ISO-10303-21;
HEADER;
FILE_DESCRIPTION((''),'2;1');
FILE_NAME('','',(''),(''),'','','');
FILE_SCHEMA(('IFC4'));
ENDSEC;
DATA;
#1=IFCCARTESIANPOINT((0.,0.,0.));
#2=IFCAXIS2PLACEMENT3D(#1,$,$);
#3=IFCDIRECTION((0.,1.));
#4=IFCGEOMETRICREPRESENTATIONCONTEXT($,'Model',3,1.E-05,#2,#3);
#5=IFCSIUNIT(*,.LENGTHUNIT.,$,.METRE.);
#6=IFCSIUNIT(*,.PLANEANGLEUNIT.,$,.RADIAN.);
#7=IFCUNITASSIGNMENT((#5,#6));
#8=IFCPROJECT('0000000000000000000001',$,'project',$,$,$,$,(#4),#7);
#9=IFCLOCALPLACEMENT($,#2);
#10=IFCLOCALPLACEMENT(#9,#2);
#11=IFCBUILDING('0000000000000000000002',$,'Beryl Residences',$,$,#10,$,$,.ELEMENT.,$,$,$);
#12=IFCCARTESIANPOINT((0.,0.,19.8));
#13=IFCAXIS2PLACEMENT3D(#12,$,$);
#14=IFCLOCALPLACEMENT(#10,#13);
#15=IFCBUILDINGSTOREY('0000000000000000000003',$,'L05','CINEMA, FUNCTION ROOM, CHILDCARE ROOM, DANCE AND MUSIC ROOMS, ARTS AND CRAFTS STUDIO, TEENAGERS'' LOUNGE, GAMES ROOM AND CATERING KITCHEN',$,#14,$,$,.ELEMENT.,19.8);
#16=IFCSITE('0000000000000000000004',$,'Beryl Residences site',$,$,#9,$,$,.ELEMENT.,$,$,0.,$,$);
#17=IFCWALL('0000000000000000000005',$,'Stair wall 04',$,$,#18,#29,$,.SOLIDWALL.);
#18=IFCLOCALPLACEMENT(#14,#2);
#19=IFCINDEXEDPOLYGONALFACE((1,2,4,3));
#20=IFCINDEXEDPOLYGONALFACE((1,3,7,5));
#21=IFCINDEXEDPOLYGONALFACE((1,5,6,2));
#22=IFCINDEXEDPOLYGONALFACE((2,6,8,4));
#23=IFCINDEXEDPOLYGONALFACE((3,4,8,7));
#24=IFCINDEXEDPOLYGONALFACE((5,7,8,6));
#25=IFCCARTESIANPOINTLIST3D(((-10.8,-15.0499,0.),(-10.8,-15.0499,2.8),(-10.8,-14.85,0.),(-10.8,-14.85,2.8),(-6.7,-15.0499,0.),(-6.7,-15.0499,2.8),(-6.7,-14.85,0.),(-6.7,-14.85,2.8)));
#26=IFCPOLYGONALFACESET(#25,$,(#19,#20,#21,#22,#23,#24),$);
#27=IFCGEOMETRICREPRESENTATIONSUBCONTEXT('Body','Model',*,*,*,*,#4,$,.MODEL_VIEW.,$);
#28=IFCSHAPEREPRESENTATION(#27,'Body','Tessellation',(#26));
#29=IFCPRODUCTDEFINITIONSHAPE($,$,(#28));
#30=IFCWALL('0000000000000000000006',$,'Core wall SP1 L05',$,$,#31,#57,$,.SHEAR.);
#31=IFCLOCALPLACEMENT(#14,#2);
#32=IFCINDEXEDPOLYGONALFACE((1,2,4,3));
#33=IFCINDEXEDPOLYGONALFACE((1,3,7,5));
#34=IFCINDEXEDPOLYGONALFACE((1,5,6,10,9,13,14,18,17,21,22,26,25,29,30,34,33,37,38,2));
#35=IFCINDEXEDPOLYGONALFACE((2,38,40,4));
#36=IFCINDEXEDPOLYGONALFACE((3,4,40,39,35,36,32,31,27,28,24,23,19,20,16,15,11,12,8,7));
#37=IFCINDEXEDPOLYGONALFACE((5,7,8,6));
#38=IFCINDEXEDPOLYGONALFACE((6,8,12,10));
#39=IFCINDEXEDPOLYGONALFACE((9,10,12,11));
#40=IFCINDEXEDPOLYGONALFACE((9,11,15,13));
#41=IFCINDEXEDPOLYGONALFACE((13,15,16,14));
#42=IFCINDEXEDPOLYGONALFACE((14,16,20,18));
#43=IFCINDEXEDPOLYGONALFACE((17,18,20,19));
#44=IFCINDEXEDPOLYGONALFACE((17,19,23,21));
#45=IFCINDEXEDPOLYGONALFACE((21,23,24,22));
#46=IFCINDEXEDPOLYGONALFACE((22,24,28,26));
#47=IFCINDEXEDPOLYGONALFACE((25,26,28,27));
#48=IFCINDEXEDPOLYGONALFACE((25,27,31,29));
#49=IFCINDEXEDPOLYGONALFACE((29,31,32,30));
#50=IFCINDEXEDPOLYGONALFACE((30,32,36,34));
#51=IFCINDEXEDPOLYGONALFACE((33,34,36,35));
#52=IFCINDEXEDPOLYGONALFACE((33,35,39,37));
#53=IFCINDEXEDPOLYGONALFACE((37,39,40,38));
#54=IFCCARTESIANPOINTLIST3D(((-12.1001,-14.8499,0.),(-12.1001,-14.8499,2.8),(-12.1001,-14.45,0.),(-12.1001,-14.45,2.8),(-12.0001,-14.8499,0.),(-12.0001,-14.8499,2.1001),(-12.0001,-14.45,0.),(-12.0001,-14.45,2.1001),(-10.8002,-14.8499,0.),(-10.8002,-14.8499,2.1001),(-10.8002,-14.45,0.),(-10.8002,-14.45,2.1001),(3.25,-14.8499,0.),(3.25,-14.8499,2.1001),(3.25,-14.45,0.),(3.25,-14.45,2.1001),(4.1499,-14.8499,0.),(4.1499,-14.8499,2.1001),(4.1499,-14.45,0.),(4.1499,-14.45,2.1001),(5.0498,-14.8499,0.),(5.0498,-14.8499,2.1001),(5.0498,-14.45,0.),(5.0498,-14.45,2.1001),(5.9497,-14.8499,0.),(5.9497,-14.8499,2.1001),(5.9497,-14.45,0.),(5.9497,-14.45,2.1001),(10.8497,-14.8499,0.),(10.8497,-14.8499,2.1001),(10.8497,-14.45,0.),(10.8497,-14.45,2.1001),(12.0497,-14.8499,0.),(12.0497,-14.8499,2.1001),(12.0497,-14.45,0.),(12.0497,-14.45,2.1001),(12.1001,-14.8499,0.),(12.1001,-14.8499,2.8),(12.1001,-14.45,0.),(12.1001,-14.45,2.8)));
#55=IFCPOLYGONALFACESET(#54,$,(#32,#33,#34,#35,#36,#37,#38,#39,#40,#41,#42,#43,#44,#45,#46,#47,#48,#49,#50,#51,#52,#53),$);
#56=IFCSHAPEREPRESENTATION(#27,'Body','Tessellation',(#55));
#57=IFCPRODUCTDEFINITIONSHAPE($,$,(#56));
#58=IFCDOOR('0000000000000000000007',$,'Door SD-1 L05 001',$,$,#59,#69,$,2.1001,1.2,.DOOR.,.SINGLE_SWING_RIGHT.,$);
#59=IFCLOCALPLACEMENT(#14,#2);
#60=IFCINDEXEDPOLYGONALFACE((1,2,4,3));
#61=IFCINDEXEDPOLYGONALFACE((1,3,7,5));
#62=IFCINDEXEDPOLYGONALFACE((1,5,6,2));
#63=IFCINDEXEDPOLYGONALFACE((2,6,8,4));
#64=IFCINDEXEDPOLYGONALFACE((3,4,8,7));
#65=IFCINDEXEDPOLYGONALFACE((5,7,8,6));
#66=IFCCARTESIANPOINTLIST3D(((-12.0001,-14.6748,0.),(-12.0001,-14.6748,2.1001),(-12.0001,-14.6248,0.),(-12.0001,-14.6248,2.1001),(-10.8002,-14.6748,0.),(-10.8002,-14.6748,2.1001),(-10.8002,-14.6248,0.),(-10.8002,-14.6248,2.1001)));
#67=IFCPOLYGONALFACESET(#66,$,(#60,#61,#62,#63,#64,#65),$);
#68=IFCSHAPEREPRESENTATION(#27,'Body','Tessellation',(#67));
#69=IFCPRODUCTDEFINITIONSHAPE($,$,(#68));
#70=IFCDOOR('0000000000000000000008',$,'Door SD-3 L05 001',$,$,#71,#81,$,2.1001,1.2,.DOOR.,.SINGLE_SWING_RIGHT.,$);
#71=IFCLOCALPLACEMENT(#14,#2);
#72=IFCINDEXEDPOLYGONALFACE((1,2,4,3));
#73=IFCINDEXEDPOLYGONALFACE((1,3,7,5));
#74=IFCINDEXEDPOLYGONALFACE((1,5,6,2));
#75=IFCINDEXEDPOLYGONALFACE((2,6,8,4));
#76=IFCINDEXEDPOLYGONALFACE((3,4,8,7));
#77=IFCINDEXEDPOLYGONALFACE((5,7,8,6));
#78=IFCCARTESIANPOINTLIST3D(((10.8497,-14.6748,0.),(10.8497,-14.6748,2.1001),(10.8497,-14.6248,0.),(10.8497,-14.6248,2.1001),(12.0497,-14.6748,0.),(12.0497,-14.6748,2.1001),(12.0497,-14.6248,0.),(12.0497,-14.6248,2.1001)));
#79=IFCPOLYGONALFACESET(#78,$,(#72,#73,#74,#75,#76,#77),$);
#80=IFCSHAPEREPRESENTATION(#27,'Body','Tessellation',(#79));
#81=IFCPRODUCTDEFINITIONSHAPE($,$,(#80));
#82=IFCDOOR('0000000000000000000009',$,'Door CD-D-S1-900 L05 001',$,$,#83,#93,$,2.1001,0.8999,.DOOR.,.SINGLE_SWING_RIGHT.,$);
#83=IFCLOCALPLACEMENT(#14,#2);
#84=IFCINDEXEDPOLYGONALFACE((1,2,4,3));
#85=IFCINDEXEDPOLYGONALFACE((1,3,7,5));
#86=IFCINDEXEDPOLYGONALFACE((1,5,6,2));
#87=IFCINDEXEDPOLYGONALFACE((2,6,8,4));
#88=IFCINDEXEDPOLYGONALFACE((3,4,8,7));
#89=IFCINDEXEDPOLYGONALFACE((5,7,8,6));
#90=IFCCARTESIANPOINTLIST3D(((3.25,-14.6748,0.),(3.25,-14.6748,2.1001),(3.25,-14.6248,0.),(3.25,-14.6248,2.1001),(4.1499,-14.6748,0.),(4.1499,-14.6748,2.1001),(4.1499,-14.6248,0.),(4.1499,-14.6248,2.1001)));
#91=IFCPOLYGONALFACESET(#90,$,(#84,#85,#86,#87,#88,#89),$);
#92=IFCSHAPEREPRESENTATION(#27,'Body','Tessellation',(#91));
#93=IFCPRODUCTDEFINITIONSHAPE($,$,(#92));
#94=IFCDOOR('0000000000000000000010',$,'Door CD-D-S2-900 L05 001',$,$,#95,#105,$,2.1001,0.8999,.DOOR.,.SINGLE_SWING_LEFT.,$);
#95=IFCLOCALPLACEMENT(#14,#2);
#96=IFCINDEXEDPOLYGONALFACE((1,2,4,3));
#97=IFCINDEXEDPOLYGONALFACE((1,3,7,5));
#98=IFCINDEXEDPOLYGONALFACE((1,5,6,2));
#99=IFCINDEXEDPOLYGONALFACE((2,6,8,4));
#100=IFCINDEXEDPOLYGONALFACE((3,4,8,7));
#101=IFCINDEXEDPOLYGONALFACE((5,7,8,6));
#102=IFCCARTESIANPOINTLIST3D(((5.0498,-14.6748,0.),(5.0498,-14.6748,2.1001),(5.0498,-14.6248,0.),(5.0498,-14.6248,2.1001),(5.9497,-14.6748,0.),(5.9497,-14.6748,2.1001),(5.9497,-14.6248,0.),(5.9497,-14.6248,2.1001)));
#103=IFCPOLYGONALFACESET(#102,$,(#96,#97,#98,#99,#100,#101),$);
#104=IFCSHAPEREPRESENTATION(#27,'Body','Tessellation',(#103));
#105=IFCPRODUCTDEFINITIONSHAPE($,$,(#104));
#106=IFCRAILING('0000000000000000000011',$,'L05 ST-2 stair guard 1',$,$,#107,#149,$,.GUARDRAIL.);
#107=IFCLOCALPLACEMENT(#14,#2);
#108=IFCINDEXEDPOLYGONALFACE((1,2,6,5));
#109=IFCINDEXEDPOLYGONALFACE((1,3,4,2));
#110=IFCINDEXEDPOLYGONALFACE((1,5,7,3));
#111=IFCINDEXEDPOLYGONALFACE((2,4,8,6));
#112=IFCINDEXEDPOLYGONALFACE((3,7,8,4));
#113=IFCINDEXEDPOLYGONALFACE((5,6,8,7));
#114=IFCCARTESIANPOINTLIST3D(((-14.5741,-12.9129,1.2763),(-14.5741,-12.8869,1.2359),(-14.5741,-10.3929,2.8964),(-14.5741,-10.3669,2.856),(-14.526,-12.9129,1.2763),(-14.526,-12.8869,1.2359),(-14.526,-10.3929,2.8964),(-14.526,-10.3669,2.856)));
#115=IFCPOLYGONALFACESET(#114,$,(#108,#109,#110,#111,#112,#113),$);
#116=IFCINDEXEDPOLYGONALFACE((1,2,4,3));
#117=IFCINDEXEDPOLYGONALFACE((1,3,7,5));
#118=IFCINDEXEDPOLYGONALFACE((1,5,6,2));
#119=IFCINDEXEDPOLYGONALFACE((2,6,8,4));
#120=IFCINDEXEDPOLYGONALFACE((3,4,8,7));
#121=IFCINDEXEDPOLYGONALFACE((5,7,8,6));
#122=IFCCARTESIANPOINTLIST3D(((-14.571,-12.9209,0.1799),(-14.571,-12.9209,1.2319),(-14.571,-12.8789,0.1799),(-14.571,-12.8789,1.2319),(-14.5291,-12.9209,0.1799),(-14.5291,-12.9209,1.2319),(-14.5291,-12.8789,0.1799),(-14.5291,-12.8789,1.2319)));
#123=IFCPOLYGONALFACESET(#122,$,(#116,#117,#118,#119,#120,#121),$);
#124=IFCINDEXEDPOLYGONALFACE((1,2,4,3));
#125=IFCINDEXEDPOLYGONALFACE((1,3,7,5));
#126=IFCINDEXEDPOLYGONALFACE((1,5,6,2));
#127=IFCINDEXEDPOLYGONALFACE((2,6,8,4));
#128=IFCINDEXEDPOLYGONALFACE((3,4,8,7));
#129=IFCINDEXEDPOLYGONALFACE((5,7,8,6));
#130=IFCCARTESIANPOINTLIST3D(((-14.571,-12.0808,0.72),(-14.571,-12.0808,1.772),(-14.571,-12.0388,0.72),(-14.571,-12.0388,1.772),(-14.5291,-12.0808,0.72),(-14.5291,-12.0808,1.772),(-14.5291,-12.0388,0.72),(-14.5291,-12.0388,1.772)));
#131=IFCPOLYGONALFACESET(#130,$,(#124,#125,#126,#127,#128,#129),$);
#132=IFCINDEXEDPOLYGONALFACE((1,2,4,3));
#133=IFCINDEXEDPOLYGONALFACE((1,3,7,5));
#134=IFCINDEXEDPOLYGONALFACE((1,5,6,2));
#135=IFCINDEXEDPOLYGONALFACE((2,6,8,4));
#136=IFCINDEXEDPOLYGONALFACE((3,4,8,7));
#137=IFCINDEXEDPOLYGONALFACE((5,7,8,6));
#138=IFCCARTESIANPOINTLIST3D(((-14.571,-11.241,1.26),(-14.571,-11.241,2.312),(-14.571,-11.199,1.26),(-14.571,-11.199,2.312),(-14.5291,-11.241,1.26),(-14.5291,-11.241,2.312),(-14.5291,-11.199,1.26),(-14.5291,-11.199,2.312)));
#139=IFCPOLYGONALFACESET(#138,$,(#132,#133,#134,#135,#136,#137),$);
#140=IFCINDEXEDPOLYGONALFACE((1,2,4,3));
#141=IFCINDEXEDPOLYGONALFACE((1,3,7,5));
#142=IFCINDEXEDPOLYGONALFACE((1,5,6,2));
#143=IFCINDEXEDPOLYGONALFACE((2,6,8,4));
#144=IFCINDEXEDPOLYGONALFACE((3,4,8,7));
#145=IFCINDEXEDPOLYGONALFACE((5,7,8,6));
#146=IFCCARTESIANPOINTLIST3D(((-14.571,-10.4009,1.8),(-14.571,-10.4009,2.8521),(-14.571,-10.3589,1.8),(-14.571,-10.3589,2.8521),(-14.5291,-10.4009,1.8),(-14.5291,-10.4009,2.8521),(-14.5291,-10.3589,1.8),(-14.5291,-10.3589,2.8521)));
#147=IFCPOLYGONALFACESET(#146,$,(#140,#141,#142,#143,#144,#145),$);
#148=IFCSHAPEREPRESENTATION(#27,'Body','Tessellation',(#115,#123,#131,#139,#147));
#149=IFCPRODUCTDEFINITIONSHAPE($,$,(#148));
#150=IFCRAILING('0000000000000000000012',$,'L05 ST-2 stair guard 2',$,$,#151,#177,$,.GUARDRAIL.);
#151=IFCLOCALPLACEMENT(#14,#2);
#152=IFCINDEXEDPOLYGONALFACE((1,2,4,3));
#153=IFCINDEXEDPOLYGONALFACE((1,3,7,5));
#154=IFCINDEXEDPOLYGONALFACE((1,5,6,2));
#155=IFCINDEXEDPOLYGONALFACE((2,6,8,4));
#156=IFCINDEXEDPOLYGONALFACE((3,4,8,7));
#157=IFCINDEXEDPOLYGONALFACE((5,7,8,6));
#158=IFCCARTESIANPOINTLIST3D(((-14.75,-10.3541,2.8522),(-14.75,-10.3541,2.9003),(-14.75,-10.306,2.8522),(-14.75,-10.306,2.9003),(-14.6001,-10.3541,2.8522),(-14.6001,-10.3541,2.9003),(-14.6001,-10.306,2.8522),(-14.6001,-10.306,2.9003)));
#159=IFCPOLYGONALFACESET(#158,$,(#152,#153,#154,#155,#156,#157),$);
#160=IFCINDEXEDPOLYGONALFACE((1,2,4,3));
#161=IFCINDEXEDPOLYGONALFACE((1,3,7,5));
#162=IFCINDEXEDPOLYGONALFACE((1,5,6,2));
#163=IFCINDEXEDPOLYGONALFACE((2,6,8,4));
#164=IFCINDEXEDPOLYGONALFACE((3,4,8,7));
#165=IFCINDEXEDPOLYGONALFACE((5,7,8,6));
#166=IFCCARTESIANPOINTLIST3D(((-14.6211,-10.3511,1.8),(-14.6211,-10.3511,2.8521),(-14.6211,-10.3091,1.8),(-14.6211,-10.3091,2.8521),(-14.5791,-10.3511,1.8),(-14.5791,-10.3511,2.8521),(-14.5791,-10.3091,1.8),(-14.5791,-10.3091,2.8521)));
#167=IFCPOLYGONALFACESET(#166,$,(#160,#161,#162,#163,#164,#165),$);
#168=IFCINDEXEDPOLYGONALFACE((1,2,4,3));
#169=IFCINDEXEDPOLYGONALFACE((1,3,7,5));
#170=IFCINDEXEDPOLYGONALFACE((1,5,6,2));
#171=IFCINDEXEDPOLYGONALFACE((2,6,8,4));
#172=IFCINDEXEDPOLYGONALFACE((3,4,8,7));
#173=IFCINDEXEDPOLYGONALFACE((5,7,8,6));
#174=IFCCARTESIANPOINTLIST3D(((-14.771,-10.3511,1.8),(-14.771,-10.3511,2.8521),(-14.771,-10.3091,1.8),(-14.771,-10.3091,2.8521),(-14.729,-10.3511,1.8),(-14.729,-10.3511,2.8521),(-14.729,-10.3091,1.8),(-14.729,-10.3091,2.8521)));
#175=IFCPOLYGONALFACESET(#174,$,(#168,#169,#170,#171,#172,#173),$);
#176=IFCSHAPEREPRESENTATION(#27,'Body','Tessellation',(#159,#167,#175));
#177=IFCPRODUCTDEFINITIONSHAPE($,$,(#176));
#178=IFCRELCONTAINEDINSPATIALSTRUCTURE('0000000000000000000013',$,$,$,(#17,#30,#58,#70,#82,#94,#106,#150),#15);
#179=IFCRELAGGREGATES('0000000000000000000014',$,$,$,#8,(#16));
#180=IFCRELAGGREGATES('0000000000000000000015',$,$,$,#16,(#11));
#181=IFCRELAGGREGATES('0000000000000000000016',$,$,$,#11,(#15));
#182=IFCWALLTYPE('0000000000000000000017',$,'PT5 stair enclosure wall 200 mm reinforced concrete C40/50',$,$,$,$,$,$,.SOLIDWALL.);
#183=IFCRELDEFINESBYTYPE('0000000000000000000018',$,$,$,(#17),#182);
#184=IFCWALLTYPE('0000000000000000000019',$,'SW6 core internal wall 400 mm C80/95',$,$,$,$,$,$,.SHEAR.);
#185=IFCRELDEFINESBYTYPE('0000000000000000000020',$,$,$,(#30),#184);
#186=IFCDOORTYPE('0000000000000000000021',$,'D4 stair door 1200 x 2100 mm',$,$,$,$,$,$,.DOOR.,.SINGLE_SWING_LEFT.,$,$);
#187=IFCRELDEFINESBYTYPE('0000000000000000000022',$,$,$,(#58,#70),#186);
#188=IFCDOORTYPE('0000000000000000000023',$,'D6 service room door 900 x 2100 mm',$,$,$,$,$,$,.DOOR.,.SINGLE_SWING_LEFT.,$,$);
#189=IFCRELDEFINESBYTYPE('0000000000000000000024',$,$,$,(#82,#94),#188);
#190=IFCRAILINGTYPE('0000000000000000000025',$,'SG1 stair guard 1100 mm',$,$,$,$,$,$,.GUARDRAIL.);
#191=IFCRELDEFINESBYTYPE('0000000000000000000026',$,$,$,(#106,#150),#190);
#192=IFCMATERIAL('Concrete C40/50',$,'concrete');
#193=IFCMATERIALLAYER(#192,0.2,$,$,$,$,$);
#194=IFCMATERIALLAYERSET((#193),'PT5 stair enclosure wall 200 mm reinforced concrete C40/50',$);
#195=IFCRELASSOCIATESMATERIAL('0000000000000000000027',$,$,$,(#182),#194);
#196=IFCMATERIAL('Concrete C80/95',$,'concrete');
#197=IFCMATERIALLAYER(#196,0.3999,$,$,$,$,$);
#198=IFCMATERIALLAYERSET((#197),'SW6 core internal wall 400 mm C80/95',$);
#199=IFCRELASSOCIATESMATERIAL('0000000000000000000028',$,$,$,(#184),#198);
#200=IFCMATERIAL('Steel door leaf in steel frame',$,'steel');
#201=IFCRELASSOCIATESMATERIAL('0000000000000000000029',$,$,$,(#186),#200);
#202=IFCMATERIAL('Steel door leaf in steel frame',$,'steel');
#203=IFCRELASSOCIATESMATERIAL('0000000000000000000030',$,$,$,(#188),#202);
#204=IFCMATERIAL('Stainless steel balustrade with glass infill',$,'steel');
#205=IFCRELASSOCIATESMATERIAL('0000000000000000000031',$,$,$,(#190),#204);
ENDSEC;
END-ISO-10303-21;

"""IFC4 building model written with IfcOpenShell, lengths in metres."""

from ifc_helpers import new_model, si_unit, direction, frame, frame_2d, origin, origin_2d, place, context, subcontext, project, spatial, rectangle, extrude, material, layer, layer_set, type_object, element, fill, save


model = new_model("IFC4")

# Units and contexts
model_context = context("Model", 3, precision=1e-05, world=origin(), true_north=direction((0.0, 1.0)))
body_context = subcontext(model_context, "Body", "Model", "MODEL_VIEW")
ifc_project = project(units=[si_unit("LENGTHUNIT", "METRE"), si_unit("PLANEANGLEUNIT", "RADIAN")], contexts=[model_context])

# Site, building, storey
site_placement = place(None, origin())
site = spatial("IfcSite", under=ifc_project, at=site_placement, Name="Beryl Residences site", CompositionType="ELEMENT", RefElevation=0.0)
building_placement = place(site_placement, origin())
building = spatial("IfcBuilding", under=site, at=building_placement, Name="Beryl Residences", CompositionType="ELEMENT")
storey_placement = place(building_placement, frame((0.0, 0.0, 19.8)))
storey = spatial("IfcBuildingStorey", under=building, at=storey_placement, Name="L05", Description="CINEMA, FUNCTION ROOM, CHILDCARE ROOM, DANCE AND MUSIC ROOMS, ARTS AND CRAFTS STUDIO, TEENAGERS' LOUNGE, GAMES ROOM AND CATERING KITCHEN", CompositionType="ELEMENT", Elevation=19.8)

# Wall
ifc_material_1 = material(Name="Concrete C40/50", Category="concrete")
ifc_layer_1 = layer(ifc_material_1, 0.2)
ifc_layer_set_1 = layer_set([ifc_layer_1], Name="PT5 stair enclosure wall 200 mm reinforced concrete C40/50")
wall_type_1 = type_object("IfcWallType", Name="PT5 stair enclosure wall 200 mm reinforced concrete C40/50", PredefinedType="SOLIDWALL", material=ifc_layer_set_1)
wall_1_placement = place(storey_placement, frame((-10.8, -14.95, 0.0), z_axis=(0.0, 0.0, 1.0), x_axis=(1.0, 0.0, 0.0)))
element("IfcWall", 1, at=wall_1_placement, inside=storey, type_object=wall_type_1, Name="Stair wall 04", PredefinedType="SOLIDWALL", context=body_context, shape_type="SweptSolid", body=[
    extrude(rectangle(XDim=4.1001, YDim=0.2, at=frame_2d((2.05, 0.0))), origin(), (0.0, 0.0, 1.0), 2.8),
])

# Wall, openings, doors
ifc_material_2 = material(Name="Concrete C80/95", Category="concrete")
ifc_layer_2 = layer(ifc_material_2, 0.3999)
ifc_layer_set_2 = layer_set([ifc_layer_2], Name="SW6 core internal wall 400 mm C80/95")
wall_type_2 = type_object("IfcWallType", Name="SW6 core internal wall 400 mm C80/95", PredefinedType="SHEAR", material=ifc_layer_set_2)
wall_2_placement = place(storey_placement, frame((-12.1001, -14.6499, 0.0), z_axis=(0.0, 0.0, 1.0), x_axis=(1.0, 0.0, 0.0)))
wall_2 = element("IfcWall", 2, at=wall_2_placement, inside=storey, type_object=wall_type_2, Name="Core wall SP1 L05", PredefinedType="SHEAR", context=body_context, shape_type="SweptSolid", body=[
    extrude(rectangle(XDim=24.2002, YDim=0.3999, at=frame_2d((12.1001, 0.0))), origin(), (0.0, 0.0, 1.0), 2.8),
])
opening_1_placement = place(wall_2_placement, frame((1.3, 0.0, 0.0), z_axis=(0.0, 0.0, 1.0), x_axis=(-1.0, 0.0, 0.0)))
opening_1 = element("IfcOpeningElement", 3, at=opening_1_placement, cuts=wall_2, PredefinedType="OPENING", context=body_context, shape_type="SweptSolid", body=[
    extrude(rectangle(XDim=1.2, YDim=2.1001, at=frame_2d((0.6001, 1.05))), frame((0.0, 0.21, 0.0), z_axis=(0.0, -1.0, 0.0), x_axis=(1.0, 0.0, 0.0)), (0.0, 0.0, 1.0), 0.4199),
])
opening_2_placement = place(wall_2_placement, frame((24.1499, 0.0, 0.0), z_axis=(0.0, 0.0, 1.0), x_axis=(-1.0, 0.0, 0.0)))
opening_2 = element("IfcOpeningElement", 4, at=opening_2_placement, cuts=wall_2, PredefinedType="OPENING", context=body_context, shape_type="SweptSolid", body=[
    extrude(rectangle(XDim=1.2, YDim=2.1001, at=frame_2d((0.6001, 1.05))), frame((0.0, 0.21, 0.0), z_axis=(0.0, -1.0, 0.0), x_axis=(1.0, 0.0, 0.0)), (0.0, 0.0, 1.0), 0.4199),
])
opening_3_placement = place(wall_2_placement, frame((16.25, 0.0, 0.0), z_axis=(0.0, 0.0, 1.0), x_axis=(-1.0, 0.0, 0.0)))
opening_3 = element("IfcOpeningElement", 5, at=opening_3_placement, cuts=wall_2, PredefinedType="OPENING", context=body_context, shape_type="SweptSolid", body=[
    extrude(rectangle(XDim=0.8999, YDim=2.1001, at=frame_2d((0.45, 1.05))), frame((0.0, 0.21, 0.0), z_axis=(0.0, -1.0, 0.0), x_axis=(1.0, 0.0, 0.0)), (0.0, 0.0, 1.0), 0.4199),
])
opening_4_placement = place(wall_2_placement, frame((18.0498, 0.0, 0.0), z_axis=(0.0, 0.0, 1.0), x_axis=(-1.0, 0.0, 0.0)))
opening_4 = element("IfcOpeningElement", 6, at=opening_4_placement, cuts=wall_2, PredefinedType="OPENING", context=body_context, shape_type="SweptSolid", body=[
    extrude(rectangle(XDim=0.8999, YDim=2.1001, at=frame_2d((0.45, 1.05))), frame((0.0, 0.21, 0.0), z_axis=(0.0, -1.0, 0.0), x_axis=(1.0, 0.0, 0.0)), (0.0, 0.0, 1.0), 0.4199),
])
ifc_material_3 = material(Name="Steel door leaf in steel frame", Category="steel")
door_type_1 = type_object("IfcDoorType", Name="D4 stair door 1200 x 2100 mm", OperationType="SINGLE_SWING_LEFT", PredefinedType="DOOR", material=ifc_material_3)
door_1_placement = place(opening_1_placement, origin())
door_1 = element("IfcDoor", 7, at=door_1_placement, inside=storey, type_object=door_type_1, Name="Door SD-1 L05 001", OperationType="SINGLE_SWING_RIGHT", OverallHeight=2.1001, OverallWidth=1.2, PredefinedType="DOOR", context=body_context, shape_type="SweptSolid", body=[
    extrude(rectangle(XDim=1.2, YDim=2.1001, at=frame_2d((0.6001, 1.05))), frame((0.0, 0.0249, 0.0), z_axis=(0.0, -1.0, 0.0), x_axis=(1.0, 0.0, 0.0)), (0.0, 0.0, 1.0), 0.05),
])
fill(opening_1, door_1)
door_2_placement = place(opening_2_placement, origin())
door_2 = element("IfcDoor", 8, at=door_2_placement, inside=storey, type_object=door_type_1, Name="Door SD-3 L05 001", OperationType="SINGLE_SWING_RIGHT", OverallHeight=2.1001, OverallWidth=1.2, PredefinedType="DOOR", context=body_context, shape_type="SweptSolid", body=[
    extrude(rectangle(XDim=1.2, YDim=2.1001, at=frame_2d((0.6001, 1.05))), frame((0.0, 0.0249, 0.0), z_axis=(0.0, -1.0, 0.0), x_axis=(1.0, 0.0, 0.0)), (0.0, 0.0, 1.0), 0.05),
])
fill(opening_2, door_2)
ifc_material_4 = material(Name="Steel door leaf in steel frame", Category="steel")
door_type_2 = type_object("IfcDoorType", Name="D6 service room door 900 x 2100 mm", OperationType="SINGLE_SWING_LEFT", PredefinedType="DOOR", material=ifc_material_4)
door_3_placement = place(opening_3_placement, origin())
door_3 = element("IfcDoor", 9, at=door_3_placement, inside=storey, type_object=door_type_2, Name="Door CD-D-S1-900 L05 001", OperationType="SINGLE_SWING_RIGHT", OverallHeight=2.1001, OverallWidth=0.8999, PredefinedType="DOOR", context=body_context, shape_type="SweptSolid", body=[
    extrude(rectangle(XDim=0.8999, YDim=2.1001, at=frame_2d((0.45, 1.05))), frame((0.0, 0.0249, 0.0), z_axis=(0.0, -1.0, 0.0), x_axis=(1.0, 0.0, 0.0)), (0.0, 0.0, 1.0), 0.05),
])
fill(opening_3, door_3)
door_4_placement = place(opening_4_placement, origin())
door_4 = element("IfcDoor", 10, at=door_4_placement, inside=storey, type_object=door_type_2, Name="Door CD-D-S2-900 L05 001", OperationType="SINGLE_SWING_LEFT", OverallHeight=2.1001, OverallWidth=0.8999, PredefinedType="DOOR", context=body_context, shape_type="SweptSolid", body=[
    extrude(rectangle(XDim=0.8999, YDim=2.1001, at=frame_2d((0.45, 1.05))), frame((0.0, 0.0249, 0.0), z_axis=(0.0, -1.0, 0.0), x_axis=(1.0, 0.0, 0.0)), (0.0, 0.0, 1.0), 0.05),
])
fill(opening_4, door_4)

# Railings
ifc_material_5 = material(Name="Stainless steel balustrade with glass infill", Category="steel")
railing_type_1 = type_object("IfcRailingType", Name="SG1 stair guard 1100 mm", PredefinedType="GUARDRAIL", material=ifc_material_5)
railing_1_placement = place(storey_placement, frame((-14.55, -12.8999, 0.1799)))
element("IfcRailing", 11, at=railing_1_placement, inside=storey, type_object=railing_type_1, Name="L05 ST-2 stair guard 1", PredefinedType="GUARDRAIL", context=body_context, shape_type="SweptSolid", body=[
    extrude(rectangle(XDim=0.0481, YDim=0.0481, at=origin_2d()), frame((0.0, 0.0, 1.0762), z_axis=(0.0, 0.841163, 0.540782), x_axis=(-1.0, 0.0, 0.0)), (0.0, 0.0, 1.0), 2.9958),
    extrude(rectangle(XDim=0.042, YDim=0.042, at=origin_2d()), origin(), (0.0, 0.0, 1.0), 1.052),
    extrude(rectangle(XDim=0.042, YDim=0.042, at=origin_2d()), frame((0.0, 0.8401, 0.54)), (0.0, 0.0, 1.0), 1.052),
    extrude(rectangle(XDim=0.042, YDim=0.042, at=origin_2d()), frame((0.0, 1.6799, 1.0801)), (0.0, 0.0, 1.0), 1.052),
    extrude(rectangle(XDim=0.042, YDim=0.042, at=origin_2d()), frame((0.0, 2.52, 1.6201)), (0.0, 0.0, 1.0), 1.052),
])
for number, where, name in (
    (12, (-14.6001, -10.3301, 1.8), "L05 ST-2 stair guard 2"),
):
    element("IfcRailing", number, at=place(storey_placement, frame(where)), inside=storey, type_object=railing_type_1, Name=name, PredefinedType="GUARDRAIL", context=body_context, shape_type="SweptSolid", body=[
        extrude(rectangle(XDim=0.0481, YDim=0.0481, at=origin_2d()), frame((0.0, 0.0, 1.0762), z_axis=(-1.0, 0.0, 0.0), x_axis=(0.0, -1.0, 0.0)), (0.0, 0.0, 1.0), 0.1499),
        extrude(rectangle(XDim=0.042, YDim=0.042, at=origin_2d()), origin(), (0.0, 0.0, 1.0), 1.052),
        extrude(rectangle(XDim=0.042, YDim=0.042, at=origin_2d()), frame((-0.1499, 0.0, 0.0)), (0.0, 0.0, 1.0), 1.052),
    ])

save(model, "model.ifc")
